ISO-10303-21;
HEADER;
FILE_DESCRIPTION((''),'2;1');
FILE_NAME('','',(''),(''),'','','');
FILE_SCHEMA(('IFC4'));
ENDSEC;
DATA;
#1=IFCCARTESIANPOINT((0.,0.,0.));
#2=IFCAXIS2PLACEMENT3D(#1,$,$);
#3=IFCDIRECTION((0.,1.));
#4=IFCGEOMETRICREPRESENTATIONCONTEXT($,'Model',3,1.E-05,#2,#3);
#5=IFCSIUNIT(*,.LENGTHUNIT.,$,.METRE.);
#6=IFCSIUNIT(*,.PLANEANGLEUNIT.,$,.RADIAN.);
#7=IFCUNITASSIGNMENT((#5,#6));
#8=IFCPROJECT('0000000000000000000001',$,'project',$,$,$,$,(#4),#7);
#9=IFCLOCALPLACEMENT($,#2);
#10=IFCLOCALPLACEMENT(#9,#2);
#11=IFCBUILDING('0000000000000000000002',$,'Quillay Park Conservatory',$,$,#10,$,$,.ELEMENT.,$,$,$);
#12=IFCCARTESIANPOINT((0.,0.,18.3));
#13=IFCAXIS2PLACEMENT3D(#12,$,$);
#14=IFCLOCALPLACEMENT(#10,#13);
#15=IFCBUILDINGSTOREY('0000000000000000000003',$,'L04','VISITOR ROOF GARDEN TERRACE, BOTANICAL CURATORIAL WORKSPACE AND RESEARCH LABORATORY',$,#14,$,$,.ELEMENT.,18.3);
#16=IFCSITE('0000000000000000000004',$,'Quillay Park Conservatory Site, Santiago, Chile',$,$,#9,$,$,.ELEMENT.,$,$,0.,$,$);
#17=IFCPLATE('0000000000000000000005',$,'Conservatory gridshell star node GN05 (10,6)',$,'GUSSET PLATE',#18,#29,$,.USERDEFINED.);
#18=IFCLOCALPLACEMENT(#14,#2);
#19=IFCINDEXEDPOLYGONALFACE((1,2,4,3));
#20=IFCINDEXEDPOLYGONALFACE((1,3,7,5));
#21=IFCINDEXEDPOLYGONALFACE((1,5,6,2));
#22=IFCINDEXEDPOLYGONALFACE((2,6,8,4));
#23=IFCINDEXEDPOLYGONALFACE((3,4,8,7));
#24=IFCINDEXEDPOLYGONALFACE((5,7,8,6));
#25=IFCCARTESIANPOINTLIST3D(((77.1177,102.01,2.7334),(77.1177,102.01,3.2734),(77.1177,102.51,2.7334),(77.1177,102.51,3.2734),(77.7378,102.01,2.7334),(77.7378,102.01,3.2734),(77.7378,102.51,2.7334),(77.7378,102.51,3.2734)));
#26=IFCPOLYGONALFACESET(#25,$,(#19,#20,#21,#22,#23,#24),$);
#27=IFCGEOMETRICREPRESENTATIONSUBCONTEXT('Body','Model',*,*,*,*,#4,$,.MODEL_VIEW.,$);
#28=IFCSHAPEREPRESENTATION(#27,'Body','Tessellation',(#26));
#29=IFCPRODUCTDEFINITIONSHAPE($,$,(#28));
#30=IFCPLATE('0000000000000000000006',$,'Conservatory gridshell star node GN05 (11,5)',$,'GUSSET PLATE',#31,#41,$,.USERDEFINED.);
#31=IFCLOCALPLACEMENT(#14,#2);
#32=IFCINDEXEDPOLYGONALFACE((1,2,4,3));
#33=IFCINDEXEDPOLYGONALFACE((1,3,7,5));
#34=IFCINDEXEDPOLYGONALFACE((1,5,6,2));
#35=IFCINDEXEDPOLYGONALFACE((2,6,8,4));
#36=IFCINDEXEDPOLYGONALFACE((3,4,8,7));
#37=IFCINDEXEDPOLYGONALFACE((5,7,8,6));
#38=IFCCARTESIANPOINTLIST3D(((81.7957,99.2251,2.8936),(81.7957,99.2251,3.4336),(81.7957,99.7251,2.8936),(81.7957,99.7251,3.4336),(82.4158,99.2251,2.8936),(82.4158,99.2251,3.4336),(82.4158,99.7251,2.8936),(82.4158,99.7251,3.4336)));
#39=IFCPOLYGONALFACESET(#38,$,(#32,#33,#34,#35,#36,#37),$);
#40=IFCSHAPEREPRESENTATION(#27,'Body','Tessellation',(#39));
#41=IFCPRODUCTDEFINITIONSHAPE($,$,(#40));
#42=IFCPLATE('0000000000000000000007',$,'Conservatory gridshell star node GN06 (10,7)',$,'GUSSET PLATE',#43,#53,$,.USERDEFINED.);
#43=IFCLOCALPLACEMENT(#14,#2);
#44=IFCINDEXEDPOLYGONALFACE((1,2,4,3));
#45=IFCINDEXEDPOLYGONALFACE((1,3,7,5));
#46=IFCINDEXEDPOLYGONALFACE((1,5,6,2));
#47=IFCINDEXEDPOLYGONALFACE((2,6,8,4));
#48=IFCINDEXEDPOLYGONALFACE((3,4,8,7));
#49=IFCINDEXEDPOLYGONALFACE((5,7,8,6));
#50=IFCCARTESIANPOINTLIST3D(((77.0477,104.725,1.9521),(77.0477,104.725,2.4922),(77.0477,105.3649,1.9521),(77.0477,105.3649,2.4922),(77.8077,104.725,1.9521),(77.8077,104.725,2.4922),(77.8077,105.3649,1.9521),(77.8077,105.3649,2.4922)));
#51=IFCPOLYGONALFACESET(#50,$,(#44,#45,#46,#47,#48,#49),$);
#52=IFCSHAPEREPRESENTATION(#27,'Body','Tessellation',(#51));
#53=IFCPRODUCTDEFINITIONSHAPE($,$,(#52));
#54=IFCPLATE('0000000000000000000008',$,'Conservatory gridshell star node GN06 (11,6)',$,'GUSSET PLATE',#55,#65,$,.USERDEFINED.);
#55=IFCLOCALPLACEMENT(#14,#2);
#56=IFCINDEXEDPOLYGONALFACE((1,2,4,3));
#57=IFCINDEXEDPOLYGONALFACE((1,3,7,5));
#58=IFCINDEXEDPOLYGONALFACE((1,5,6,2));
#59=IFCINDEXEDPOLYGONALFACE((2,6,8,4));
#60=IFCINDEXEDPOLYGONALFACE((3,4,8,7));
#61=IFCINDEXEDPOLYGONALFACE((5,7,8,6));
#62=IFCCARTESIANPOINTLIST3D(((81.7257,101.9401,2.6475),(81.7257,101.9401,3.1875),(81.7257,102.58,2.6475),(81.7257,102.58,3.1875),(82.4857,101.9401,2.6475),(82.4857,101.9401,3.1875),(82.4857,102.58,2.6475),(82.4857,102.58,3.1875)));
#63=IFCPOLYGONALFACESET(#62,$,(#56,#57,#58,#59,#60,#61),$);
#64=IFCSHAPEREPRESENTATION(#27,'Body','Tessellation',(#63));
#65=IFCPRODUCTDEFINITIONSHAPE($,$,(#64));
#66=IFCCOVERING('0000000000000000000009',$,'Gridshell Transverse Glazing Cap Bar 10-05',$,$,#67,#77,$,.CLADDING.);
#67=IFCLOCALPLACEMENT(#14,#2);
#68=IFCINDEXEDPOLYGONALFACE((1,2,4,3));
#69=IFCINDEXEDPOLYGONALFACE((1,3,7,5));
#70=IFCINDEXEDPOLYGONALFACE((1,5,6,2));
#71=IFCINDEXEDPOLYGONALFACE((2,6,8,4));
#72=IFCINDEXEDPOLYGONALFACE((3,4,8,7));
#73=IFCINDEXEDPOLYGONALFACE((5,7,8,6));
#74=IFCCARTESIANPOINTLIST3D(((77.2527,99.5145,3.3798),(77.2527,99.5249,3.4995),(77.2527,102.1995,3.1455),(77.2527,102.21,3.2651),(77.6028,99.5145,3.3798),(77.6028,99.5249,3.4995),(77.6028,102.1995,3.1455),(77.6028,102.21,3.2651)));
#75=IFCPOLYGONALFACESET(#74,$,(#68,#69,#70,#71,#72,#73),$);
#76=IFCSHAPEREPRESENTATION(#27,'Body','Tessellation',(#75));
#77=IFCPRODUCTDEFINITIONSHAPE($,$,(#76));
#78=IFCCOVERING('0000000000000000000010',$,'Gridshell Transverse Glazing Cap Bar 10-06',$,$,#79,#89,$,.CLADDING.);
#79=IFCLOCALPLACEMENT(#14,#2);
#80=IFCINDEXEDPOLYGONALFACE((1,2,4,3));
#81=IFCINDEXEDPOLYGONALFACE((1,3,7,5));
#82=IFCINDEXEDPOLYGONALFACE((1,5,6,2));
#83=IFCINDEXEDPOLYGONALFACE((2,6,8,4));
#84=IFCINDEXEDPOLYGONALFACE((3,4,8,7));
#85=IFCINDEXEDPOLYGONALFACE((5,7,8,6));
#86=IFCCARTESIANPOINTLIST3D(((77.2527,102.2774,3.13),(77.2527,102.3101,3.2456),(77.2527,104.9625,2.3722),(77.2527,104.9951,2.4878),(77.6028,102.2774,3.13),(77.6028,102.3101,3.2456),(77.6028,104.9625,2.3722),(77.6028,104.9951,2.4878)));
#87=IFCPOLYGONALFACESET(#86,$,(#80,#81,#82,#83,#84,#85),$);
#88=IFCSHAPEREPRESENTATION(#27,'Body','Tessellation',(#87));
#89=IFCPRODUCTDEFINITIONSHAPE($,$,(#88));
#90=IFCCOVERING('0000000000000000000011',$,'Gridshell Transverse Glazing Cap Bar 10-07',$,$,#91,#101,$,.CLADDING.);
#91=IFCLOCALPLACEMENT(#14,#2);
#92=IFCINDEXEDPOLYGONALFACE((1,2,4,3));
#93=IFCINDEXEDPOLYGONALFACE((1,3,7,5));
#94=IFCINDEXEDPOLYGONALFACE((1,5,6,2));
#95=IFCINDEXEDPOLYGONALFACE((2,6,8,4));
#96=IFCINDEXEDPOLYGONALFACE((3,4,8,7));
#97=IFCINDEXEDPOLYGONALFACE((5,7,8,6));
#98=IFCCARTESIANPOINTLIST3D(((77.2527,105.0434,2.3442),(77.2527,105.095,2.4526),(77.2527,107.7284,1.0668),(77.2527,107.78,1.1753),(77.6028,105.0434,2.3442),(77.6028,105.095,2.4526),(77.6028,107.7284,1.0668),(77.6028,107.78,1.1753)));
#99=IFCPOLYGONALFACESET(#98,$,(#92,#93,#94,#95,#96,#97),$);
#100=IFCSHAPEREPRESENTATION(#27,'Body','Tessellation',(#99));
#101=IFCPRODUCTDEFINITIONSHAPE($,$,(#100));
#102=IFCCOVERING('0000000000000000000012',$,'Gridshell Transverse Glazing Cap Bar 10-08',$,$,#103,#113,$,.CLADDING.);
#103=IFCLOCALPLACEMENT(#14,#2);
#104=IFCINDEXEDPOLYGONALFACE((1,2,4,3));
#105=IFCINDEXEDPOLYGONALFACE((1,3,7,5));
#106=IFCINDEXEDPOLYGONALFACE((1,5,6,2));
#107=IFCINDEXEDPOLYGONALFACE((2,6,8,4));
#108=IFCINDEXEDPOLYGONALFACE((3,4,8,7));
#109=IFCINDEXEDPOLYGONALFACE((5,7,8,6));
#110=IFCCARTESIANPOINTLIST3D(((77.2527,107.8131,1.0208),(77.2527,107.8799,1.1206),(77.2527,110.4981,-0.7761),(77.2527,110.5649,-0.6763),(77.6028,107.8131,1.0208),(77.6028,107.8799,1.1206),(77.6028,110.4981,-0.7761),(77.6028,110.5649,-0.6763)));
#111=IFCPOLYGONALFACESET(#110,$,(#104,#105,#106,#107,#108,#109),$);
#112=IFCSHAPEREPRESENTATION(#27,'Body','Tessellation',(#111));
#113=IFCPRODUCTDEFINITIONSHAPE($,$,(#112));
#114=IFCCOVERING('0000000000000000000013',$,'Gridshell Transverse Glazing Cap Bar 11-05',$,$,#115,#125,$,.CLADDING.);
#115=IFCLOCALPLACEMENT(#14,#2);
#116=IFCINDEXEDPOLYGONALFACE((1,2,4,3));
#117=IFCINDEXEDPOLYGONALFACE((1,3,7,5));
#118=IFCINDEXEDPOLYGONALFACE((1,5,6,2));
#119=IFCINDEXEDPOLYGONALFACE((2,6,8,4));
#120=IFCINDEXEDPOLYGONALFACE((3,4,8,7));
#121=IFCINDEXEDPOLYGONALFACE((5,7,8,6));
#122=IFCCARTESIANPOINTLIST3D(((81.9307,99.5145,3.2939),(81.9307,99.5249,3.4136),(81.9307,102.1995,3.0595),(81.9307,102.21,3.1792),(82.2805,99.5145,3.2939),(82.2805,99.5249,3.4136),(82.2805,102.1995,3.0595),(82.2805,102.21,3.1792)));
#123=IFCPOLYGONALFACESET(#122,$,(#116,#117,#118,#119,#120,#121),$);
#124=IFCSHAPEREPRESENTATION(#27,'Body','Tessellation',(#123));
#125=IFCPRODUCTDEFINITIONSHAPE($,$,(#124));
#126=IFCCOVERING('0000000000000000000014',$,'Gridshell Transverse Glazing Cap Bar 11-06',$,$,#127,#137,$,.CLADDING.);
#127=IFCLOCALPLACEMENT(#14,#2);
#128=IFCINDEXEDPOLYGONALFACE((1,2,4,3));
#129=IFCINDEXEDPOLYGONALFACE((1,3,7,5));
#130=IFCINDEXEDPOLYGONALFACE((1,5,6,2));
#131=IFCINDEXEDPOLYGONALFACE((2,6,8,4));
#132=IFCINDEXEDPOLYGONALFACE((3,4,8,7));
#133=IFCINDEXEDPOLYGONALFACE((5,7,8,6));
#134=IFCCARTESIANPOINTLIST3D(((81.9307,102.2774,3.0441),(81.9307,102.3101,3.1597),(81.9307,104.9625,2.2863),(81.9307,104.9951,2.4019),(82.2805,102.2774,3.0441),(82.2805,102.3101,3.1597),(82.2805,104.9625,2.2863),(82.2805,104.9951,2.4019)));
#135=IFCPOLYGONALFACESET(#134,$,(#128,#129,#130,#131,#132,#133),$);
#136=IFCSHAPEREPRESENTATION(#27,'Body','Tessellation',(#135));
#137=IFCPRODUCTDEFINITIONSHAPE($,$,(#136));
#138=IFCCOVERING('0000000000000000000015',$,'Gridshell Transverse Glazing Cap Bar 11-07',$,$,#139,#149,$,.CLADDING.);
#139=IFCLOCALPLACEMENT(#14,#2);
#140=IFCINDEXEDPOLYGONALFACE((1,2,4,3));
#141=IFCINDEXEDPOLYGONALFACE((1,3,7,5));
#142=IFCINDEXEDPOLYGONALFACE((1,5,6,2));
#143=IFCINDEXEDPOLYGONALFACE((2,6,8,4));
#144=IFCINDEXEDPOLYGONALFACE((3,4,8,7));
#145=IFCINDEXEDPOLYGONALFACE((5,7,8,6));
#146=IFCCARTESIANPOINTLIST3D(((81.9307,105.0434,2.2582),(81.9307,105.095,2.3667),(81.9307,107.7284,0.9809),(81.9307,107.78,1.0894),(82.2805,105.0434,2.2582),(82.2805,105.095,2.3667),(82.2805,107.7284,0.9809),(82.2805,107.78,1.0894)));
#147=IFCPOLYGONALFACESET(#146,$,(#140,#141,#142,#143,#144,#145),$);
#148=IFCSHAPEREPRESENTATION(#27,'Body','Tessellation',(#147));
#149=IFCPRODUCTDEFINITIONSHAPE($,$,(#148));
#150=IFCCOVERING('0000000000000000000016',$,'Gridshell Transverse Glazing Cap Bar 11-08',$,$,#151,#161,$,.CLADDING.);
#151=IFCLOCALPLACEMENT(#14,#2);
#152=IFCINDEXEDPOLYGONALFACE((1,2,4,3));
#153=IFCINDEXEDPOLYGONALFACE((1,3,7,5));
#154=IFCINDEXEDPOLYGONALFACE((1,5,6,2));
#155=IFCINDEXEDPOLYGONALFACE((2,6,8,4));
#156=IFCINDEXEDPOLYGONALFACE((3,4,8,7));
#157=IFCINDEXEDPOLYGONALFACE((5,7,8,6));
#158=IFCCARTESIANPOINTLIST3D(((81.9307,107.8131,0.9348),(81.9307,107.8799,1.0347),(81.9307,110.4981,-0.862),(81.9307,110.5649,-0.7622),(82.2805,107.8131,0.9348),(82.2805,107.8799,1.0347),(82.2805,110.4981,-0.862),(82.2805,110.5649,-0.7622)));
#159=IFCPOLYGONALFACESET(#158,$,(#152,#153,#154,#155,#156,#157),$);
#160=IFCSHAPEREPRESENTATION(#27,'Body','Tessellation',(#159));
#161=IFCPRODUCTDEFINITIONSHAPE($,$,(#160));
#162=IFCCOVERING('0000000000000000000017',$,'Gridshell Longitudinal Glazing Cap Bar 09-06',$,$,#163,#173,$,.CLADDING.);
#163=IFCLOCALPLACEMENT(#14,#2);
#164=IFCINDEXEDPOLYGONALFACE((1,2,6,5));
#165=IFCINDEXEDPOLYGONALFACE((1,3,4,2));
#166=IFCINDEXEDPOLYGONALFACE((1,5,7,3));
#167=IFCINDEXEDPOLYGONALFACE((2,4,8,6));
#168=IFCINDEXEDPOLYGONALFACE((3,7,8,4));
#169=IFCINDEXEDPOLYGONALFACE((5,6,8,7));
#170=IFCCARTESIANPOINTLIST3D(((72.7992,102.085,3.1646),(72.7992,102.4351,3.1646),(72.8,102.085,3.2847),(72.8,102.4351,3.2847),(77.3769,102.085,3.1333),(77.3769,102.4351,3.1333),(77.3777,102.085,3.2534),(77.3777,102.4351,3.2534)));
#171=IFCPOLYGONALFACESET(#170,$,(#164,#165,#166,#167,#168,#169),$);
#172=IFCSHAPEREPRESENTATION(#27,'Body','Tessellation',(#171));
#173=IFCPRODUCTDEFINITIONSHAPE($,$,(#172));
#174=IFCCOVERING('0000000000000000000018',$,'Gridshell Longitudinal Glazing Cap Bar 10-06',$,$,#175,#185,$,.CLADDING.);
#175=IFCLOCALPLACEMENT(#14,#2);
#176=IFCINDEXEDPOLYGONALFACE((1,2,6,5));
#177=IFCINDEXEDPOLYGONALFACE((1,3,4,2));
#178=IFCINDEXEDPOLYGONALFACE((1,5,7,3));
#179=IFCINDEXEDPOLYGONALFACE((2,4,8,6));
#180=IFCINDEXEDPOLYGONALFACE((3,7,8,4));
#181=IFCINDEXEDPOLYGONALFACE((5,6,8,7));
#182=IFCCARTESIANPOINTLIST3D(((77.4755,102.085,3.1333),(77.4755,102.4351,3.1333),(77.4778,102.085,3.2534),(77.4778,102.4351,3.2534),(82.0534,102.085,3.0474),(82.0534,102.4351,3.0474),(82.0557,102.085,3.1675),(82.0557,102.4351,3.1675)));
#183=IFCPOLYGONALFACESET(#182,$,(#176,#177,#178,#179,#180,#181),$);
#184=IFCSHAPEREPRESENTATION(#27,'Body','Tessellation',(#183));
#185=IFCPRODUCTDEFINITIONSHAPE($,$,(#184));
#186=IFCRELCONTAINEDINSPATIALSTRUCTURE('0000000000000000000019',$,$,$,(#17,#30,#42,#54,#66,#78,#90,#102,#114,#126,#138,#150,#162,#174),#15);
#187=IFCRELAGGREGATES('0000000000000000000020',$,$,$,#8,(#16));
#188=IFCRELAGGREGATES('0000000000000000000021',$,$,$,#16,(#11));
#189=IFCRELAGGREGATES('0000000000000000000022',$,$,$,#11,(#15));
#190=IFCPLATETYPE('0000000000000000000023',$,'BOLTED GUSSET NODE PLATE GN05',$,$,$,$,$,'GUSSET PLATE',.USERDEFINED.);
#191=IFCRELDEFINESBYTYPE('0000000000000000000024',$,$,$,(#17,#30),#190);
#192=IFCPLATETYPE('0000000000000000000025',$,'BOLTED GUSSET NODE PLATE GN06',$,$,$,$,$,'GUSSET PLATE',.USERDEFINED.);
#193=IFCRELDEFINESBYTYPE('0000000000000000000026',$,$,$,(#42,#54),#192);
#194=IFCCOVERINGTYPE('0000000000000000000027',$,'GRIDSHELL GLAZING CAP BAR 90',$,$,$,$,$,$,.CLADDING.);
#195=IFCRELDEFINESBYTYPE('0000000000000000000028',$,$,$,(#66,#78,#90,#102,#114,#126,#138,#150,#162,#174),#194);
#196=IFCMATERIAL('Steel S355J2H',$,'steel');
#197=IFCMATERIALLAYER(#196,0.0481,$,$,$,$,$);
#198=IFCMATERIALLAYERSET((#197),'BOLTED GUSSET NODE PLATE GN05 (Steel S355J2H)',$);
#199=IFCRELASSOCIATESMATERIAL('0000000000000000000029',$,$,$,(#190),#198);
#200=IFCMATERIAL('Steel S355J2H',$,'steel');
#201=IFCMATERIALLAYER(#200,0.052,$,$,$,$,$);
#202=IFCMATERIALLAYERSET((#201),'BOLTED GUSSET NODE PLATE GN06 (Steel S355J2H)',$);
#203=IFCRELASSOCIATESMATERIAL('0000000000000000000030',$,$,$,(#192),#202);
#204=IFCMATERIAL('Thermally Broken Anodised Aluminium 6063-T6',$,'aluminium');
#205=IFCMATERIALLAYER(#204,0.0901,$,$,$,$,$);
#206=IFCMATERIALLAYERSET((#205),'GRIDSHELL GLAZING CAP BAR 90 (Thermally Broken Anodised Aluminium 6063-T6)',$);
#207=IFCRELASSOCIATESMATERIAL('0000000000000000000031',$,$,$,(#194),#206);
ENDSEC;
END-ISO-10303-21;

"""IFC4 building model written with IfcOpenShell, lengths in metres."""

from ifc_helpers import new_model, si_unit, direction, frame, origin, origin_2d, place, context, subcontext, project, spatial, polyline, rectangle, outline, extrude, material, layer, layer_set, type_object, element, save


model = new_model("IFC4")

# Units and contexts
model_context = context("Model", 3, precision=1e-05, world=origin(), true_north=direction((0.0, 1.0)))
body_context = subcontext(model_context, "Body", "Model", "MODEL_VIEW")
ifc_project = project(units=[si_unit("LENGTHUNIT", "METRE"), si_unit("PLANEANGLEUNIT", "RADIAN")], contexts=[model_context])

# Site, building, storey
site_placement = place(None, origin())
site = spatial("IfcSite", under=ifc_project, at=site_placement, Name="Quillay Park Conservatory Site, Santiago, Chile", CompositionType="ELEMENT", RefElevation=0.0)
building_placement = place(site_placement, origin())
building = spatial("IfcBuilding", under=site, at=building_placement, Name="Quillay Park Conservatory", CompositionType="ELEMENT")
storey_placement = place(building_placement, frame((0.0, 0.0, 18.3)))
storey = spatial("IfcBuildingStorey", under=building, at=storey_placement, Name="L04", Description="VISITOR ROOF GARDEN TERRACE, BOTANICAL CURATORIAL WORKSPACE AND RESEARCH LABORATORY", CompositionType="ELEMENT", Elevation=18.3)

# Plates
ifc_material_1 = material(Name="Steel S355J2H", Category="steel")
ifc_layer_1 = layer(ifc_material_1, 0.0481)
ifc_layer_set_1 = layer_set([ifc_layer_1], Name="BOLTED GUSSET NODE PLATE GN05 (Steel S355J2H)")
plate_type_1 = type_object("IfcPlateType", Name="BOLTED GUSSET NODE PLATE GN05", ElementType="GUSSET PLATE", PredefinedType="USERDEFINED", material=ifc_layer_set_1)
for number, where, z_axis, x_axis, name in (
    (1, (77.4277, 102.26, 2.7334), (0.0, 0.0, 1.0), (1.0, 0.0, 0.0), "Conservatory gridshell star node GN05 (10,6)"),
    (2, (82.1057, 99.4751, 2.8936), (0.0, 0.0, 1.0), (1.0, 0.0, 0.0), "Conservatory gridshell star node GN05 (11,5)"),
):
    element("IfcPlate", number, at=place(storey_placement, frame(where, z_axis=z_axis, x_axis=x_axis)), inside=storey, type_object=plate_type_1, Name=name, ObjectType="GUSSET PLATE", PredefinedType="USERDEFINED", context=body_context, shape_type="SweptSolid", body=[
        extrude(rectangle(XDim=0.6201, YDim=0.5, at=origin_2d()), origin(), (0.0, 0.0, 1.0), 0.54),
    ])
ifc_material_2 = material(Name="Steel S355J2H", Category="steel")
ifc_layer_2 = layer(ifc_material_2, 0.052)
ifc_layer_set_2 = layer_set([ifc_layer_2], Name="BOLTED GUSSET NODE PLATE GN06 (Steel S355J2H)")
plate_type_2 = type_object("IfcPlateType", Name="BOLTED GUSSET NODE PLATE GN06", ElementType="GUSSET PLATE", PredefinedType="USERDEFINED", material=ifc_layer_set_2)
for number, where, z_axis, x_axis, name in (
    (3, (77.4277, 105.0449, 1.9521), (0.0, 0.0, 1.0), (1.0, 0.0, 0.0), "Conservatory gridshell star node GN06 (10,7)"),
    (4, (82.1057, 102.26, 2.6475), (0.0, 0.0, 1.0), (1.0, 0.0, 0.0), "Conservatory gridshell star node GN06 (11,6)"),
):
    element("IfcPlate", number, at=place(storey_placement, frame(where, z_axis=z_axis, x_axis=x_axis)), inside=storey, type_object=plate_type_2, Name=name, ObjectType="GUSSET PLATE", PredefinedType="USERDEFINED", context=body_context, shape_type="SweptSolid", body=[
        extrude(rectangle(XDim=0.76, YDim=0.6399, at=origin_2d()), origin(), (0.0, 0.0, 1.0), 0.54),
    ])

# Coverings
ifc_material_3 = material(Name="Thermally Broken Anodised Aluminium 6063-T6", Category="aluminium")
ifc_layer_3 = layer(ifc_material_3, 0.0901)
ifc_layer_set_3 = layer_set([ifc_layer_3], Name="GRIDSHELL GLAZING CAP BAR 90 (Thermally Broken Anodised Aluminium 6063-T6)")
covering_type = type_object("IfcCoveringType", Name="GRIDSHELL GLAZING CAP BAR 90", PredefinedType="CLADDING", material=ifc_layer_set_3)
covering_1_placement = place(storey_placement, frame((77.2527, 99.5249, 3.4995), z_axis=(0.0, 0.086958, 0.996212), x_axis=(1.0, 0.0, 0.0)))
element("IfcCovering", 5, at=covering_1_placement, inside=storey, type_object=covering_type, Name="Gridshell Transverse Glazing Cap Bar 10-05", PredefinedType="CLADDING", context=body_context, shape_type="SweptSolid", body=[
    extrude(outline(polyline([(0.0, 0.0), (0.3501, 0.0), (0.3501, 2.6953), (0.0, 2.6953), (0.0, 0.0)])), origin(), (0.0, 0.0, -1.0), 0.1201),
])
covering_2_placement = place(storey_placement, frame((77.2527, 102.3101, 3.2456), z_axis=(0.0, 0.271622, 0.962404), x_axis=(1.0, 0.0, 0.0)))
element("IfcCovering", 6, at=covering_2_placement, inside=storey, type_object=covering_type, Name="Gridshell Transverse Glazing Cap Bar 10-06", PredefinedType="CLADDING", context=body_context, shape_type="SweptSolid", body=[
    extrude(outline(polyline([(0.0, 0.0), (0.3501, 0.0), (0.3501, 2.7899), (0.0, 2.7899), (0.0, 0.0)])), origin(), (0.0, 0.0, -1.0), 0.1201),
])
covering_3_placement = place(storey_placement, frame((77.2527, 105.095, 2.4526), z_axis=(0.0, 0.429589, 0.903024), x_axis=(1.0, 0.0, 0.0)))
element("IfcCovering", 7, at=covering_3_placement, inside=storey, type_object=covering_type, Name="Gridshell Transverse Glazing Cap Bar 10-07", PredefinedType="CLADDING", context=body_context, shape_type="SweptSolid", body=[
    extrude(outline(polyline([(0.0, 0.0), (0.3501, 0.0), (0.3501, 2.9734), (0.0, 2.9734), (0.0, 0.0)])), origin(), (0.0, 0.0, -1.0), 0.1201),
])
covering_4_placement = place(storey_placement, frame((77.2527, 107.8799, 1.1206), z_axis=(0.0, 0.556164, 0.831072), x_axis=(1.0, 0.0, 0.0)))
element("IfcCovering", 8, at=covering_4_placement, inside=storey, type_object=covering_type, Name="Gridshell Transverse Glazing Cap Bar 10-08", PredefinedType="CLADDING", context=body_context, shape_type="SweptSolid", body=[
    extrude(outline(polyline([(0.0, 0.0), (0.3501, 0.0), (0.3501, 3.2308), (0.0, 3.2308), (0.0, 0.0)])), origin(), (0.0, 0.0, -1.0), 0.1201),
])
covering_5_placement = place(storey_placement, frame((81.9307, 99.5249, 3.4136), z_axis=(0.0, 0.086958, 0.996212), x_axis=(1.0, 0.0, 0.0)))
element("IfcCovering", 9, at=covering_5_placement, inside=storey, type_object=covering_type, Name="Gridshell Transverse Glazing Cap Bar 11-05", PredefinedType="CLADDING", context=body_context, shape_type="SweptSolid", body=[
    extrude(outline(polyline([(0.0, 0.0), (0.3499, 0.0), (0.3499, 2.6953), (0.0, 2.6953), (0.0, 0.0)])), origin(), (0.0, 0.0, -1.0), 0.1201),
])
covering_6_placement = place(storey_placement, frame((81.9307, 102.3101, 3.1597), z_axis=(0.0, 0.271622, 0.962404), x_axis=(1.0, 0.0, 0.0)))
element("IfcCovering", 10, at=covering_6_placement, inside=storey, type_object=covering_type, Name="Gridshell Transverse Glazing Cap Bar 11-06", PredefinedType="CLADDING", context=body_context, shape_type="SweptSolid", body=[
    extrude(outline(polyline([(0.0, 0.0), (0.3499, 0.0), (0.3499, 2.7899), (0.0, 2.7899), (0.0, 0.0)])), origin(), (0.0, 0.0, -1.0), 0.1201),
])
covering_7_placement = place(storey_placement, frame((81.9307, 105.095, 2.3667), z_axis=(0.0, 0.429589, 0.903024), x_axis=(1.0, 0.0, 0.0)))
element("IfcCovering", 11, at=covering_7_placement, inside=storey, type_object=covering_type, Name="Gridshell Transverse Glazing Cap Bar 11-07", PredefinedType="CLADDING", context=body_context, shape_type="SweptSolid", body=[
    extrude(outline(polyline([(0.0, 0.0), (0.3499, 0.0), (0.3499, 2.9734), (0.0, 2.9734), (0.0, 0.0)])), origin(), (0.0, 0.0, -1.0), 0.1201),
])
covering_8_placement = place(storey_placement, frame((81.9307, 107.8799, 1.0347), z_axis=(0.0, 0.556164, 0.831072), x_axis=(1.0, 0.0, 0.0)))
element("IfcCovering", 12, at=covering_8_placement, inside=storey, type_object=covering_type, Name="Gridshell Transverse Glazing Cap Bar 11-08", PredefinedType="CLADDING", context=body_context, shape_type="SweptSolid", body=[
    extrude(outline(polyline([(0.0, 0.0), (0.3499, 0.0), (0.3499, 3.2308), (0.0, 3.2308), (0.0, 0.0)])), origin(), (0.0, 0.0, -1.0), 0.1201),
])
covering_9_placement = place(storey_placement, frame((72.8, 102.085, 3.2847), z_axis=(0.006827, 0.0, 0.999977), x_axis=(0.999977, 0.0, -0.006827)))
element("IfcCovering", 13, at=covering_9_placement, inside=storey, type_object=covering_type, Name="Gridshell Longitudinal Glazing Cap Bar 09-06", PredefinedType="CLADDING", context=body_context, shape_type="SweptSolid", body=[
    extrude(outline(polyline([(0.0, 0.0), (4.5777, 0.0), (4.5777, 0.3501), (0.0, 0.3501), (0.0, 0.0)])), origin(), (0.0, 0.0, -1.0), 0.1201),
])
covering_10_placement = place(storey_placement, frame((77.4778, 102.085, 3.2534), z_axis=(0.018769, 0.0, 0.999824), x_axis=(0.999824, 0.0, -0.018769)))
element("IfcCovering", 14, at=covering_10_placement, inside=storey, type_object=covering_type, Name="Gridshell Longitudinal Glazing Cap Bar 10-06", PredefinedType="CLADDING", context=body_context, shape_type="SweptSolid", body=[
    extrude(outline(polyline([(0.0, 0.0), (4.5787, 0.0), (4.5787, 0.3501), (0.0, 0.3501), (0.0, 0.0)])), origin(), (0.0, 0.0, -1.0), 0.1201),
])

save(model, "model.ifc")
